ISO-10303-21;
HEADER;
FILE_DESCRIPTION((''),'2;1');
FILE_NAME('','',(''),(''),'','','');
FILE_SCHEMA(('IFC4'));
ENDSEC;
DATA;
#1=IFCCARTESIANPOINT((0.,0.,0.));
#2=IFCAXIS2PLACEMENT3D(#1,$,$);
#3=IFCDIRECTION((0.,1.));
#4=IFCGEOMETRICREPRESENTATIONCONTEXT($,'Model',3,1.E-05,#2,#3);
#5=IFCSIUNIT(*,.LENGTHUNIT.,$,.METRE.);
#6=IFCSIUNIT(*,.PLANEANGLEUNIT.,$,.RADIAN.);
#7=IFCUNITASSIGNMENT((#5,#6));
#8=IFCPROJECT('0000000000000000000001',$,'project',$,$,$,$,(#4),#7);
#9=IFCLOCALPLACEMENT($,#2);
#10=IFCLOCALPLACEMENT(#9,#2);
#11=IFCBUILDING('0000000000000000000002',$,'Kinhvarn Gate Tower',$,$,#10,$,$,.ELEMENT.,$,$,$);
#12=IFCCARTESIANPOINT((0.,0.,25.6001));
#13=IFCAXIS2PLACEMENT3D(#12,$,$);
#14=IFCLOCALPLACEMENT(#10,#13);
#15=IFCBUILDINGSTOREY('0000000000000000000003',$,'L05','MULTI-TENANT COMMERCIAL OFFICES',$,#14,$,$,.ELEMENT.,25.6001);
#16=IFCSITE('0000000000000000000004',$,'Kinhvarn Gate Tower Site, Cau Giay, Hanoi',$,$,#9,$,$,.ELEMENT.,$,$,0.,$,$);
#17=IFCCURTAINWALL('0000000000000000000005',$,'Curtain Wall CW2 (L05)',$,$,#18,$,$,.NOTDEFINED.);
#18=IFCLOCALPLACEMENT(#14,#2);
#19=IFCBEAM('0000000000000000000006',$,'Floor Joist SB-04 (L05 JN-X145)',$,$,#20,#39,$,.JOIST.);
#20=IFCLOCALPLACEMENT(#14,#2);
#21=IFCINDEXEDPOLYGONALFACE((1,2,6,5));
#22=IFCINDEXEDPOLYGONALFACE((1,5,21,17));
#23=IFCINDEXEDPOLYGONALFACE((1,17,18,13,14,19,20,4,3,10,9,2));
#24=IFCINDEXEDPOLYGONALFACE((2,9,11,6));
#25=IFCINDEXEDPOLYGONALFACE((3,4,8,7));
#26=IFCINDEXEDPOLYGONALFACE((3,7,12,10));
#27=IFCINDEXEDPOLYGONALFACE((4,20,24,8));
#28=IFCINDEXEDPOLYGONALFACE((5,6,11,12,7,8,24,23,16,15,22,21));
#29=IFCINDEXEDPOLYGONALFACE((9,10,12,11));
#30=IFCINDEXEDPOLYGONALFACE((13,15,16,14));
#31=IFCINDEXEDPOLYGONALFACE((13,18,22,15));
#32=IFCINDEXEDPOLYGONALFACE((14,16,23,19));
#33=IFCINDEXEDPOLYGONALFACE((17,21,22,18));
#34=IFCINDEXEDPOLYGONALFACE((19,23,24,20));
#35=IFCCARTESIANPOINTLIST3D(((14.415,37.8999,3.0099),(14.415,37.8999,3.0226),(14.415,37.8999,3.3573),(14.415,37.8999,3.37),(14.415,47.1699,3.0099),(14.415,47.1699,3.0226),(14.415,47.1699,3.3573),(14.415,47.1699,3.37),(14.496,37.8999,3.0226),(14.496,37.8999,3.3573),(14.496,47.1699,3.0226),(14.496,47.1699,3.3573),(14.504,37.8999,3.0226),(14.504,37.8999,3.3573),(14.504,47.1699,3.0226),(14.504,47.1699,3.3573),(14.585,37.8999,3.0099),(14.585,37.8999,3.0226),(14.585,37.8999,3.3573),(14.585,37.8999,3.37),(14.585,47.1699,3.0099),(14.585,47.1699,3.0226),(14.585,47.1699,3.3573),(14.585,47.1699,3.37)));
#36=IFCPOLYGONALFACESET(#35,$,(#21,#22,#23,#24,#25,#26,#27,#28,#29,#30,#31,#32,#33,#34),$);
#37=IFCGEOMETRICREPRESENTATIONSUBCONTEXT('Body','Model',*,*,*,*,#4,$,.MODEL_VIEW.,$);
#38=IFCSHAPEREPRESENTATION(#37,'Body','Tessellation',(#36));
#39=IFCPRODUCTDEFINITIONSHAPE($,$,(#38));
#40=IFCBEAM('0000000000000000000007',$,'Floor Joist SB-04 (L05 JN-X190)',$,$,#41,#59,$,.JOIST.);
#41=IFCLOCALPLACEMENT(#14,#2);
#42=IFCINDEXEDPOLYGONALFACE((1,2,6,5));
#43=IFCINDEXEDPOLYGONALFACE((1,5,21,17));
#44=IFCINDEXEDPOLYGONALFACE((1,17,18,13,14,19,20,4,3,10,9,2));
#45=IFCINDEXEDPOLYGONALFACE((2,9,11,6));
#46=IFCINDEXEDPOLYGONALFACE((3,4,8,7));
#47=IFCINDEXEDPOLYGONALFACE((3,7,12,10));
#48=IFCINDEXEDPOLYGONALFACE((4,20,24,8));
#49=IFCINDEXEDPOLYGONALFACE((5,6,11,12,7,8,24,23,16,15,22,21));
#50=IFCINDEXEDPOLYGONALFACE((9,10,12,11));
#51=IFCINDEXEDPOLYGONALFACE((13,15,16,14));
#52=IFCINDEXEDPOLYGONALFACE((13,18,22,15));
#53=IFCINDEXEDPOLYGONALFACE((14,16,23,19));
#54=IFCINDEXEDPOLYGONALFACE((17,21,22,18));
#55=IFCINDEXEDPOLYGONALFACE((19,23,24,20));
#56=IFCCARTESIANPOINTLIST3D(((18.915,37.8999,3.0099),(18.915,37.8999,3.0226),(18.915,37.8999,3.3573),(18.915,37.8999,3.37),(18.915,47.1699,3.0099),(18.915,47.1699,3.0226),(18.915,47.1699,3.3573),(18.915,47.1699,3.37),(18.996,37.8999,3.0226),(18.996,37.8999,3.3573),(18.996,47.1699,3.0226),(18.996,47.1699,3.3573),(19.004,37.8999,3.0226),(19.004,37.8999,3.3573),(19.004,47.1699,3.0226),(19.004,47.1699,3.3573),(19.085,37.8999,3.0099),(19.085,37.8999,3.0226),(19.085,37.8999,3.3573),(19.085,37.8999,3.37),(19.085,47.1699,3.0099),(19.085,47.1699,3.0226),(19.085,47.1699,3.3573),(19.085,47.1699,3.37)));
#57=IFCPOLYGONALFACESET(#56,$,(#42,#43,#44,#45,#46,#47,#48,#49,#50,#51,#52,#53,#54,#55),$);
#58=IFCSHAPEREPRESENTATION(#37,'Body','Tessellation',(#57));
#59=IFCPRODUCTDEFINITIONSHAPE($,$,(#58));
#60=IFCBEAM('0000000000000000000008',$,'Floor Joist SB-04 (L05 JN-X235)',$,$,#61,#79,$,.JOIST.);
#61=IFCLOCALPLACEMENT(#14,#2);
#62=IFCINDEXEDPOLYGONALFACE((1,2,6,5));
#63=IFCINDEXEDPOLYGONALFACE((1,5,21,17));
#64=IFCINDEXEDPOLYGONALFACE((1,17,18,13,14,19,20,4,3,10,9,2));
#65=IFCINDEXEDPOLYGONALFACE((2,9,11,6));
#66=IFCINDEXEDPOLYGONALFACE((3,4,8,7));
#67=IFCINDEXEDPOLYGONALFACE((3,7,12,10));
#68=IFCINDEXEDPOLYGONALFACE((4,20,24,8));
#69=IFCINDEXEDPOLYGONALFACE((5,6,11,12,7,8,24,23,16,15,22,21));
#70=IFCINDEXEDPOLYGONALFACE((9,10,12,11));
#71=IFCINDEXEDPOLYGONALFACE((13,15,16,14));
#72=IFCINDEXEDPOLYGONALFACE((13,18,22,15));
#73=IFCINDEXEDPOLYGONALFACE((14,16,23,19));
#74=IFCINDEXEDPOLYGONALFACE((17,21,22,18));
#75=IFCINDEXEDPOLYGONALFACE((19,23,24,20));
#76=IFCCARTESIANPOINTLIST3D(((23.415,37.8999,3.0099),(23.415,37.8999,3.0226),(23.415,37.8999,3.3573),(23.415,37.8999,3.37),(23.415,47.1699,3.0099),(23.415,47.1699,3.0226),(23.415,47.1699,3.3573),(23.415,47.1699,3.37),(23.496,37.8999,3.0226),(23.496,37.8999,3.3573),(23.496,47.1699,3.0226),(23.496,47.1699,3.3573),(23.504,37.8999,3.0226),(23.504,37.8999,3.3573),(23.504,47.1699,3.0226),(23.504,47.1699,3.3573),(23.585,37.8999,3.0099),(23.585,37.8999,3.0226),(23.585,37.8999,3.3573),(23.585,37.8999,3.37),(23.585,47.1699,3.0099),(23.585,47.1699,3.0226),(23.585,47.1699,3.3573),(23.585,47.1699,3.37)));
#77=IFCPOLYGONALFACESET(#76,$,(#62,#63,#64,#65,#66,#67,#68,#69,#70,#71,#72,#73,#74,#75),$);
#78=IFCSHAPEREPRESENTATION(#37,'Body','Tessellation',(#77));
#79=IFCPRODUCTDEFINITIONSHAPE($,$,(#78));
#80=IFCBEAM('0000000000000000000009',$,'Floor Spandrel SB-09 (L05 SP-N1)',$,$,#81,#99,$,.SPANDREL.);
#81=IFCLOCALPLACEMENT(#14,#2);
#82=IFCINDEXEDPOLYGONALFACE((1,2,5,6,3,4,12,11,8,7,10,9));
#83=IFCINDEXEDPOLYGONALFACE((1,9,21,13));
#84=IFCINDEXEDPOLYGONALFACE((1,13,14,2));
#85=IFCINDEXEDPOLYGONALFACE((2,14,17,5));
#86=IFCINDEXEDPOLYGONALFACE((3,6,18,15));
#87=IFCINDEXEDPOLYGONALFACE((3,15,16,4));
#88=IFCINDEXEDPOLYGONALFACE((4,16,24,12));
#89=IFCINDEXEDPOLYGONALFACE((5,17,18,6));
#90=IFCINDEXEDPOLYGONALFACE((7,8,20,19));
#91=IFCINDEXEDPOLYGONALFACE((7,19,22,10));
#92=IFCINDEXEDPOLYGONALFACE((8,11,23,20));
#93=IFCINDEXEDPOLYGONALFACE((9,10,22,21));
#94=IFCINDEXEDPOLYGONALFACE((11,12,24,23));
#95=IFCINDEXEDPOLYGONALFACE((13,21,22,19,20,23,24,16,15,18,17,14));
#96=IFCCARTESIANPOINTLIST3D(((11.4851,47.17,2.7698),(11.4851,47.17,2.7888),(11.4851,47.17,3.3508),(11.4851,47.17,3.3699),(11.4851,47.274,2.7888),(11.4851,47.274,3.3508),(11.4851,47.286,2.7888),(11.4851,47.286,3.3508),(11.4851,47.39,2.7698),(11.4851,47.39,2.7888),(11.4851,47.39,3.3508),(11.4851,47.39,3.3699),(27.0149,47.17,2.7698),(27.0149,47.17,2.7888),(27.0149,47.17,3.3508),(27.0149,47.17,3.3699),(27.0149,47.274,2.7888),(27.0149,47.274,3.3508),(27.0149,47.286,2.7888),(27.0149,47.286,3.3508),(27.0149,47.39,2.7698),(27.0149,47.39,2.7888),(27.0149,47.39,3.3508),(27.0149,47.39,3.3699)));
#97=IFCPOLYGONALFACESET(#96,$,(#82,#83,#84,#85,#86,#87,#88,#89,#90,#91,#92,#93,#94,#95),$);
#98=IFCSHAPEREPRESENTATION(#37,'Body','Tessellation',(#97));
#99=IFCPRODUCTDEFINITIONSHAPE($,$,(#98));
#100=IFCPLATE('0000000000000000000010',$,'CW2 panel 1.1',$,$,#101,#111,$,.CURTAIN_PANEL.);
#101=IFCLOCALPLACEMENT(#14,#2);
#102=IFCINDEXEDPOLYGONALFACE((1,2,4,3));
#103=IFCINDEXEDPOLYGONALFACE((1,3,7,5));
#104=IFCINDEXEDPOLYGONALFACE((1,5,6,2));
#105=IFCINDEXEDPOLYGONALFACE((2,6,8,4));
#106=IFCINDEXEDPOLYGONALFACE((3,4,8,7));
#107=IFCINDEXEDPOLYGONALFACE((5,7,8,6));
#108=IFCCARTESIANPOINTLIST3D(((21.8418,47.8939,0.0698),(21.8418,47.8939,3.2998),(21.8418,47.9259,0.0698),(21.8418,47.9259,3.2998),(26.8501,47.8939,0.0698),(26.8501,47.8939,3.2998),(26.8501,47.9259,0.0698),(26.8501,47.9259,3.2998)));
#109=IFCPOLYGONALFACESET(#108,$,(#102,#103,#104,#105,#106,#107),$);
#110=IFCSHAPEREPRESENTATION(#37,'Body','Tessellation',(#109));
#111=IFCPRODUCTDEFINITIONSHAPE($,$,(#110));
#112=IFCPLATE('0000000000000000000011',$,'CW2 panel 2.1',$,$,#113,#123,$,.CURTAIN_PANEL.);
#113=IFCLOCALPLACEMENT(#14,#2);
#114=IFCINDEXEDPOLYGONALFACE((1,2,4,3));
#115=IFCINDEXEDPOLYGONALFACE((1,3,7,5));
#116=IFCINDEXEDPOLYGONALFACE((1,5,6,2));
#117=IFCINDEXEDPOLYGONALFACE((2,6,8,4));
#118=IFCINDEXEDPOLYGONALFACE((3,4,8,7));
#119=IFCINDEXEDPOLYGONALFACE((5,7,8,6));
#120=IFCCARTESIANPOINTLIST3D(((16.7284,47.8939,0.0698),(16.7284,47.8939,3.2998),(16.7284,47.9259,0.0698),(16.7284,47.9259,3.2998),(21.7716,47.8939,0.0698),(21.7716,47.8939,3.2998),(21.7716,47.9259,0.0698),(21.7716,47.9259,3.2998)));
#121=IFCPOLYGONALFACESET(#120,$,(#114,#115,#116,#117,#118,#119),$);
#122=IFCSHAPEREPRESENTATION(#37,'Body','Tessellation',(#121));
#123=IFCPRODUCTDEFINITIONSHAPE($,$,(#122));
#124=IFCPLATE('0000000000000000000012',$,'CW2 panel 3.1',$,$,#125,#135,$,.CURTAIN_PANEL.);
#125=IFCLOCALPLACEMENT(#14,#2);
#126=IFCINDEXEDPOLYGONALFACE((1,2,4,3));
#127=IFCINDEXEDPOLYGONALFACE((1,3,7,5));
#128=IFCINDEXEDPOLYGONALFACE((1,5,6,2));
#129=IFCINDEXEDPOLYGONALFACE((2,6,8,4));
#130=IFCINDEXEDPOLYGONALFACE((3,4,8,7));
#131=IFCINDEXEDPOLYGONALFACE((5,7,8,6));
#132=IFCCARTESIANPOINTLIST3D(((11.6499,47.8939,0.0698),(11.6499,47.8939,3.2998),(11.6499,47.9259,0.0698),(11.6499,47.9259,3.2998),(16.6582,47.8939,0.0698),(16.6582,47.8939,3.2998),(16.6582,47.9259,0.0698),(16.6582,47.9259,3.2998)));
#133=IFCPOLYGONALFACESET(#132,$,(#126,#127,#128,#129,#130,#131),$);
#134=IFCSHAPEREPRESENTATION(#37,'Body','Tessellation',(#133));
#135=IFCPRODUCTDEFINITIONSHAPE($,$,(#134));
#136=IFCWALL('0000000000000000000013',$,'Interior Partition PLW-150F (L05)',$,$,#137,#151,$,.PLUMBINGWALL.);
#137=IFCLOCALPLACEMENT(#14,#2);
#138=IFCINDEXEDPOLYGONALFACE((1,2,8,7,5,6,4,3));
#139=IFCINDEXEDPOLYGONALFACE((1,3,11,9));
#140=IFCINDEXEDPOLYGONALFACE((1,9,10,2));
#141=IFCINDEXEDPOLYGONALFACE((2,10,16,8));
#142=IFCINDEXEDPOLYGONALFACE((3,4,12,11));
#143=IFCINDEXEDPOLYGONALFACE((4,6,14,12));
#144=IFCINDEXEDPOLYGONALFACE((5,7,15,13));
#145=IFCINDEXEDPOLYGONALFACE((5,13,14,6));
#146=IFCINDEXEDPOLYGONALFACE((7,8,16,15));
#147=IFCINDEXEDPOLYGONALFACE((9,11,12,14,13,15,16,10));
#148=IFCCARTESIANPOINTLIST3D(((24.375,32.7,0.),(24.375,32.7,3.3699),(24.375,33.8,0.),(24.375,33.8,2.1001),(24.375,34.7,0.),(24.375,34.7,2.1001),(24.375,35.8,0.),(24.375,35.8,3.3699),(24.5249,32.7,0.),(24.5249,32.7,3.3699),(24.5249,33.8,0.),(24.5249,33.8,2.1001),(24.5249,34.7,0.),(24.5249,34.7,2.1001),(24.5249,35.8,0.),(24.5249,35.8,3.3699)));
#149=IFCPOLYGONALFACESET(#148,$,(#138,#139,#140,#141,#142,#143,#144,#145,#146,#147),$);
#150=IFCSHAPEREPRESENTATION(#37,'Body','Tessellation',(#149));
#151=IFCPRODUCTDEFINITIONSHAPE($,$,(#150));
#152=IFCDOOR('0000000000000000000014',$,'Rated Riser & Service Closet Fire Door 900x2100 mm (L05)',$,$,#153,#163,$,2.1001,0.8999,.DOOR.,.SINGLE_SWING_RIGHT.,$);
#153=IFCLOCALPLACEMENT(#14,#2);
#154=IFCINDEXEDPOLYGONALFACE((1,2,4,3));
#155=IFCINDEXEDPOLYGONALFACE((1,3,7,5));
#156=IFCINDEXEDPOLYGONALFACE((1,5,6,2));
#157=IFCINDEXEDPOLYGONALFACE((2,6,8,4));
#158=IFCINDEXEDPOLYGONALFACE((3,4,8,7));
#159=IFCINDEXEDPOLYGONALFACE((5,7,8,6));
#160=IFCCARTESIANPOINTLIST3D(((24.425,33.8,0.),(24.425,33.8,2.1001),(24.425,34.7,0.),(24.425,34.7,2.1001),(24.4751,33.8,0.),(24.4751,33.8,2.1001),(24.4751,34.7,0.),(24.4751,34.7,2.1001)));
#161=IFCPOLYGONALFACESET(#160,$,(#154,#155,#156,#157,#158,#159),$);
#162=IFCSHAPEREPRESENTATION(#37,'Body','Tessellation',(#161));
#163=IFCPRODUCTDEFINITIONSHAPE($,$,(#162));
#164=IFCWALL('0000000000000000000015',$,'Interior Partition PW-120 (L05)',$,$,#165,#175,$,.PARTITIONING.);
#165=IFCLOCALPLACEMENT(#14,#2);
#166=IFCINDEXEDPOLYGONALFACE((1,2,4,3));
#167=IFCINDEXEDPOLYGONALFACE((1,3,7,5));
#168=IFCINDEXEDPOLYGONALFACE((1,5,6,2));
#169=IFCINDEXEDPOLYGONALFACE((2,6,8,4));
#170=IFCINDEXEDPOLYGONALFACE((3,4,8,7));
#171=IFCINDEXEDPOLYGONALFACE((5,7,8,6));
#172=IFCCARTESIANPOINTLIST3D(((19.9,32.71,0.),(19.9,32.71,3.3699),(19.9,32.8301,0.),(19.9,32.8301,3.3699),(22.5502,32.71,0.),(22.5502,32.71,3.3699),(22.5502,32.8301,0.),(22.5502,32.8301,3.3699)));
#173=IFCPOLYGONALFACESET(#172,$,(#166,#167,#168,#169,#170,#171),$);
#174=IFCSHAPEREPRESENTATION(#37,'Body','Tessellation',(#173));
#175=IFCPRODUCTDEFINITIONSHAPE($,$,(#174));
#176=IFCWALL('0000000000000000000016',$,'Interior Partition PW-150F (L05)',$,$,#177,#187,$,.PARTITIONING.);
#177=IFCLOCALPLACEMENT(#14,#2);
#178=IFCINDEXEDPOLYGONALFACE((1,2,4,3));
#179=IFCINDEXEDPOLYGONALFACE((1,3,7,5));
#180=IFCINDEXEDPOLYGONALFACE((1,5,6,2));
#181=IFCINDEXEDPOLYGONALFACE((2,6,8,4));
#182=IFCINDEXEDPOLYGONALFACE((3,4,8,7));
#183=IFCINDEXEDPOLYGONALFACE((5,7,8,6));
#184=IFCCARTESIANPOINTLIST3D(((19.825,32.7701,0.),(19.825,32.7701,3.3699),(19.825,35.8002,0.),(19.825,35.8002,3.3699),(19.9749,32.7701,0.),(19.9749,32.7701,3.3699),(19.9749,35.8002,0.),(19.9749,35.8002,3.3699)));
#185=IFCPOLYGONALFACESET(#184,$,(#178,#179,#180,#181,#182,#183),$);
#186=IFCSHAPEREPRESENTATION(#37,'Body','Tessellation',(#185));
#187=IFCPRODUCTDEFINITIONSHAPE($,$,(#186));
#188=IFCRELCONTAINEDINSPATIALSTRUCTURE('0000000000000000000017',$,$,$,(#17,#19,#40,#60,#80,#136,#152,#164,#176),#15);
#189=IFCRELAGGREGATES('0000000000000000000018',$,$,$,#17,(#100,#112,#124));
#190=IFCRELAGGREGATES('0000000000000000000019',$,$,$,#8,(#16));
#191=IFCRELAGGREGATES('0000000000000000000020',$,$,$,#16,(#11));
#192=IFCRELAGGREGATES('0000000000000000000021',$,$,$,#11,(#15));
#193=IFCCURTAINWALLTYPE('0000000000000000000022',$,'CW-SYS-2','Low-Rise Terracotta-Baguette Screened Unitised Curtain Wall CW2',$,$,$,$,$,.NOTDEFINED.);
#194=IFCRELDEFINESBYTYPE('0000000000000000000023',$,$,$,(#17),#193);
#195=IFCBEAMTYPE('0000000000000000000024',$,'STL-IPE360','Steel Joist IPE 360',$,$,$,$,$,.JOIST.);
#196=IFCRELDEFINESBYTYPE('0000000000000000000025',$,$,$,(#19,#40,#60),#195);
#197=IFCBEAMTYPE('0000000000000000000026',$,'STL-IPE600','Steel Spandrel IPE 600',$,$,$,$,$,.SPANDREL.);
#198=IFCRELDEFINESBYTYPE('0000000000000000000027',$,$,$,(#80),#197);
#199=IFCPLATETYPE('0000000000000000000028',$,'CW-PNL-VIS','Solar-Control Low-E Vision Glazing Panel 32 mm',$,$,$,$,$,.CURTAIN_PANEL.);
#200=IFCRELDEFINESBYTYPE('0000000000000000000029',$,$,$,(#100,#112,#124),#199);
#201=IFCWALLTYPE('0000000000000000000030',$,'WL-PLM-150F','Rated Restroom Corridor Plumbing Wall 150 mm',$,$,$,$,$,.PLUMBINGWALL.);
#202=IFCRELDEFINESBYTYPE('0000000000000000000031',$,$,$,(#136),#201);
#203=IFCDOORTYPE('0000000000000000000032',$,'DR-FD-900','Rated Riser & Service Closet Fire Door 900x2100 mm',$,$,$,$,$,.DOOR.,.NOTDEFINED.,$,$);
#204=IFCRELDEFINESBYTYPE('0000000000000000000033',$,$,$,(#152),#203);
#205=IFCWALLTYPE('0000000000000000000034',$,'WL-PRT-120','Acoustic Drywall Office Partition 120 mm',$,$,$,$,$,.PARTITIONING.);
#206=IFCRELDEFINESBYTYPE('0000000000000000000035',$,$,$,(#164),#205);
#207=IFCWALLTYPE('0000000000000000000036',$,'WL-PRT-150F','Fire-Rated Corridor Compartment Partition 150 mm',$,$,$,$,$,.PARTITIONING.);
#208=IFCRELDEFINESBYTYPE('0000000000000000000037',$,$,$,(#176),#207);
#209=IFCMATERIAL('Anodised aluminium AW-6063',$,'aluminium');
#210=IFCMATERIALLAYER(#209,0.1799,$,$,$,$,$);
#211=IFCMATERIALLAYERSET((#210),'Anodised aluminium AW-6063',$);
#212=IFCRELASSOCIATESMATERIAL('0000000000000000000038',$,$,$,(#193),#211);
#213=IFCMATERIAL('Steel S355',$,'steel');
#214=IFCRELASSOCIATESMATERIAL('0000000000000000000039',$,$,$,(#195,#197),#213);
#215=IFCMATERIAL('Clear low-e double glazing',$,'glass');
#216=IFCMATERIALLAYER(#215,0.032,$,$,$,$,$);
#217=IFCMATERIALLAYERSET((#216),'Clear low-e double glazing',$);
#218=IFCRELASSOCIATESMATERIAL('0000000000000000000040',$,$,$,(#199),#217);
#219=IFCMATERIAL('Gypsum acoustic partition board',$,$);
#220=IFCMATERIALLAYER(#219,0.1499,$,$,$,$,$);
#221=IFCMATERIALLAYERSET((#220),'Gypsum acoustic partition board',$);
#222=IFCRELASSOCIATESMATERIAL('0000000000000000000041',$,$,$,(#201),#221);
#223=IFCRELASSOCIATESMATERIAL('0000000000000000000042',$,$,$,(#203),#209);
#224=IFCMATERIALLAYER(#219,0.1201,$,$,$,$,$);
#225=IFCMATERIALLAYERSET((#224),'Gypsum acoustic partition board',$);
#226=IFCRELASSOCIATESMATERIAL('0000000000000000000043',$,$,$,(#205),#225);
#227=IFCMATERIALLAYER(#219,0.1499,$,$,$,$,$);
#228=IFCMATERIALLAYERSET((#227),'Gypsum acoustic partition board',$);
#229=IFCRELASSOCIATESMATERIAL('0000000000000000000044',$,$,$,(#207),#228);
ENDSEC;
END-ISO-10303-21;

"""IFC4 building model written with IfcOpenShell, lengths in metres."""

from ifc_helpers import new_model, si_unit, direction, frame, frame_2d, origin, origin_2d, place, context, subcontext, project, spatial, rectangle, i_section, extrude, material, layer, layer_set, material_profile, profile_set, type_object, element, fill, aggregate, save


model = new_model("IFC4")

# Units and contexts
model_context = context("Model", 3, precision=1e-05, world=origin(), true_north=direction((0.0, 1.0)))
body_context = subcontext(model_context, "Body", "Model", "MODEL_VIEW")
ifc_project = project(units=[si_unit("LENGTHUNIT", "METRE"), si_unit("PLANEANGLEUNIT", "RADIAN")], contexts=[model_context])

# Site, building, storey
site_placement = place(None, origin())
site = spatial("IfcSite", under=ifc_project, at=site_placement, Name="Kinhvarn Gate Tower Site, Cau Giay, Hanoi", CompositionType="ELEMENT", RefElevation=0.0)
building_placement = place(site_placement, origin())
building = spatial("IfcBuilding", under=site, at=building_placement, Name="Kinhvarn Gate Tower", CompositionType="ELEMENT")
storey_placement = place(building_placement, frame((0.0, 0.0, 25.6001)))
storey = spatial("IfcBuildingStorey", under=building, at=storey_placement, Name="L05", Description="MULTI-TENANT COMMERCIAL OFFICES", CompositionType="ELEMENT", Elevation=25.6001)

# Curtain wall
ifc_material_1 = material(Name="Anodised aluminium AW-6063", Category="aluminium")
ifc_layer_1 = layer(ifc_material_1, 0.1799)
ifc_layer_set_1 = layer_set([ifc_layer_1], Name="Anodised aluminium AW-6063")
curtain_wall_type = type_object("IfcCurtainWallType", Name="CW-SYS-2", Description="Low-Rise Terracotta-Baguette Screened Unitised Curtain Wall CW2", PredefinedType="NOTDEFINED", material=ifc_layer_set_1)
curtain_wall_placement = place(storey_placement, origin())
curtain_wall = element("IfcCurtainWall", 1, at=curtain_wall_placement, inside=storey, type_object=curtain_wall_type, Name="Curtain Wall CW2 (L05)", PredefinedType="NOTDEFINED")

# Beams
ifc_material_2 = material(Name="Steel S355", Category="steel")
ifc_material_profile_1 = material_profile(ifc_material_2, i_section(OverallWidth=0.1699, OverallDepth=0.3601, WebThickness=0.0081, FlangeThickness=0.0127, at=origin_2d()), Name="IPE 360")
ifc_profile_set_1 = profile_set([ifc_material_profile_1], Name="Steel S355")
beam_type_1 = type_object("IfcBeamType", Name="STL-IPE360", Description="Steel Joist IPE 360", PredefinedType="JOIST", material=ifc_profile_set_1)
for number, where, z_axis, x_axis, name in (
    (2, (14.5, 37.8999, 3.1899), (0.0, 1.0, 0.0), (-1.0, 0.0, 0.0), "Floor Joist SB-04 (L05 JN-X145)"),
    (3, (19.0, 37.8999, 3.1899), (0.0, 1.0, 0.0), (-1.0, 0.0, 0.0), "Floor Joist SB-04 (L05 JN-X190)"),
    (4, (23.5, 37.8999, 3.1899), (0.0, 1.0, 0.0), (-1.0, 0.0, 0.0), "Floor Joist SB-04 (L05 JN-X235)"),
):
    element("IfcBeam", number, at=place(storey_placement, frame(where, z_axis=z_axis, x_axis=x_axis)), inside=storey, type_object=beam_type_1, Name=name, PredefinedType="JOIST", context=body_context, shape_type="SweptSolid", body=[
        extrude(i_section(OverallWidth=0.1699, OverallDepth=0.3601, WebThickness=0.0081, FlangeThickness=0.0127, at=origin_2d()), origin(), (0.0, 0.0, 1.0), 9.27),
    ])
ifc_material_profile_2 = material_profile(ifc_material_2, i_section(OverallWidth=0.22, OverallDepth=0.6001, WebThickness=0.012, FlangeThickness=0.019, at=origin_2d()), Name="IPE 600")
ifc_profile_set_2 = profile_set([ifc_material_profile_2], Name="Steel S355")
beam_type_2 = type_object("IfcBeamType", Name="STL-IPE600", Description="Steel Spandrel IPE 600", PredefinedType="SPANDREL", material=ifc_profile_set_2)
beam_1_placement = place(storey_placement, frame((11.4851, 47.28, 3.0698), z_axis=(1.0, 0.0, 0.0), x_axis=(0.0, 1.0, 0.0)))
element("IfcBeam", 5, at=beam_1_placement, inside=storey, type_object=beam_type_2, Name="Floor Spandrel SB-09 (L05 SP-N1)", PredefinedType="SPANDREL", context=body_context, shape_type="SweptSolid", body=[
    extrude(i_section(OverallWidth=0.22, OverallDepth=0.6001, WebThickness=0.012, FlangeThickness=0.019, at=origin_2d()), origin(), (0.0, 0.0, 1.0), 15.5298),
])

# Plates
ifc_material_3 = material(Name="Clear low-e double glazing", Category="glass")
ifc_layer_2 = layer(ifc_material_3, 0.032)
ifc_layer_set_2 = layer_set([ifc_layer_2], Name="Clear low-e double glazing")
plate_type = type_object("IfcPlateType", Name="CW-PNL-VIS", Description="Solar-Control Low-E Vision Glazing Panel 32 mm", PredefinedType="CURTAIN_PANEL", material=ifc_layer_set_2)
plate_1_placement = place(storey_placement, frame((24.3459, 47.9099, 0.0698), z_axis=(0.0, 0.0, 1.0), x_axis=(-1.0, 0.0, 0.0)))
plate_1 = element("IfcPlate", 6, at=plate_1_placement, type_object=plate_type, Name="CW2 panel 1.1", PredefinedType="CURTAIN_PANEL", context=body_context, shape_type="SweptSolid", body=[
    extrude(rectangle(XDim=5.0083, YDim=0.032, at=origin_2d()), origin(), (0.0, 0.0, 1.0), 3.23),
])
plate_2_placement = place(storey_placement, frame((19.25, 47.9099, 0.0698), z_axis=(0.0, 0.0, 1.0), x_axis=(-1.0, 0.0, 0.0)))
plate_2 = element("IfcPlate", 7, at=plate_2_placement, type_object=plate_type, Name="CW2 panel 2.1", PredefinedType="CURTAIN_PANEL", context=body_context, shape_type="SweptSolid", body=[
    extrude(rectangle(XDim=5.0432, YDim=0.032, at=origin_2d()), origin(), (0.0, 0.0, 1.0), 3.23),
])
plate_3_placement = place(storey_placement, frame((14.1541, 47.9099, 0.0698), z_axis=(0.0, 0.0, 1.0), x_axis=(-1.0, 0.0, 0.0)))
plate_3 = element("IfcPlate", 8, at=plate_3_placement, type_object=plate_type, Name="CW2 panel 3.1", PredefinedType="CURTAIN_PANEL", context=body_context, shape_type="SweptSolid", body=[
    extrude(rectangle(XDim=5.0083, YDim=0.032, at=origin_2d()), origin(), (0.0, 0.0, 1.0), 3.23),
])
aggregate(curtain_wall, [plate_1, plate_2, plate_3])

# Wall, opening, door
ifc_material_4 = material(Name="Gypsum acoustic partition board")
ifc_layer_3 = layer(ifc_material_4, 0.1499)
ifc_layer_set_3 = layer_set([ifc_layer_3], Name="Gypsum acoustic partition board")
wall_type_1 = type_object("IfcWallType", Name="WL-PLM-150F", Description="Rated Restroom Corridor Plumbing Wall 150 mm", PredefinedType="PLUMBINGWALL", material=ifc_layer_set_3)
wall_1_placement = place(storey_placement, frame((24.45, 32.7, 0.0), z_axis=(0.0, 0.0, 1.0), x_axis=(0.0, 1.0, 0.0)))
wall_1 = element("IfcWall", 9, at=wall_1_placement, inside=storey, type_object=wall_type_1, Name="Interior Partition PLW-150F (L05)", PredefinedType="PLUMBINGWALL", context=body_context, shape_type="SweptSolid", body=[
    extrude(rectangle(XDim=3.1001, YDim=0.1499, at=frame_2d((1.55, 0.0))), origin(), (0.0, 0.0, 1.0), 3.3699),
])
opening_1_placement = place(wall_1_placement, frame((1.1001, 0.0, 0.0)))
opening_1 = element("IfcOpeningElement", 10, at=opening_1_placement, cuts=wall_1, PredefinedType="OPENING", context=body_context, shape_type="SweptSolid", body=[
    extrude(rectangle(XDim=0.8999, YDim=2.1001, at=frame_2d((0.45, 1.05))), frame((0.0, 0.085, 0.0), z_axis=(0.0, -1.0, 0.0), x_axis=(1.0, 0.0, 0.0)), (0.0, 0.0, 1.0), 0.1699),
])
door_type_1 = type_object("IfcDoorType", Name="DR-FD-900", Description="Rated Riser & Service Closet Fire Door 900x2100 mm", OperationType="NOTDEFINED", PredefinedType="DOOR", material=ifc_material_1)
door_1_placement = place(opening_1_placement, origin())
door_1 = element("IfcDoor", 11, at=door_1_placement, inside=storey, type_object=door_type_1, Name="Rated Riser & Service Closet Fire Door 900x2100 mm (L05)", OperationType="SINGLE_SWING_RIGHT", OverallHeight=2.1001, OverallWidth=0.8999, PredefinedType="DOOR", context=body_context, shape_type="SweptSolid", body=[
    extrude(rectangle(XDim=0.8999, YDim=2.1001, at=frame_2d((0.45, 1.05))), frame((0.0, 0.0249, 0.0), z_axis=(0.0, -1.0, 0.0), x_axis=(1.0, 0.0, 0.0)), (0.0, 0.0, 1.0), 0.05),
])
fill(opening_1, door_1)

# Wall
ifc_layer_4 = layer(ifc_material_4, 0.1201)
ifc_layer_set_4 = layer_set([ifc_layer_4], Name="Gypsum acoustic partition board")
wall_type_2 = type_object("IfcWallType", Name="WL-PRT-120", Description="Acoustic Drywall Office Partition 120 mm", PredefinedType="PARTITIONING", material=ifc_layer_set_4)
wall_2_placement = place(storey_placement, frame((19.8999, 32.77, 0.0), z_axis=(0.0, 0.0, 1.0), x_axis=(1.0, 0.0, 0.0)))
element("IfcWall", 12, at=wall_2_placement, inside=storey, type_object=wall_type_2, Name="Interior Partition PW-120 (L05)", PredefinedType="PARTITIONING", context=body_context, shape_type="SweptSolid", body=[
    extrude(rectangle(XDim=2.6501, YDim=0.1201, at=frame_2d((1.3252, 0.0))), origin(), (0.0, 0.0, 1.0), 3.3699),
])

# Shared definitions
ifc_layer_5 = layer(ifc_material_4, 0.1499)
ifc_layer_set_5 = layer_set([ifc_layer_5], Name="Gypsum acoustic partition board")
wall_type_3 = type_object("IfcWallType", Name="WL-PRT-150F", Description="Fire-Rated Corridor Compartment Partition 150 mm", PredefinedType="PARTITIONING", material=ifc_layer_set_5)

# Wall
wall_3_placement = place(storey_placement, frame((19.8999, 32.77, 0.0), z_axis=(0.0, 0.0, 1.0), x_axis=(0.0, 1.0, 0.0)))
element("IfcWall", 13, at=wall_3_placement, inside=storey, type_object=wall_type_3, Name="Interior Partition PW-150F (L05)", PredefinedType="PARTITIONING", context=body_context, shape_type="SweptSolid", body=[
    extrude(rectangle(XDim=3.03, YDim=0.1499, at=frame_2d((1.5151, 0.0))), origin(), (0.0, 0.0, 1.0), 3.3699),
])

save(model, "model.ifc")
